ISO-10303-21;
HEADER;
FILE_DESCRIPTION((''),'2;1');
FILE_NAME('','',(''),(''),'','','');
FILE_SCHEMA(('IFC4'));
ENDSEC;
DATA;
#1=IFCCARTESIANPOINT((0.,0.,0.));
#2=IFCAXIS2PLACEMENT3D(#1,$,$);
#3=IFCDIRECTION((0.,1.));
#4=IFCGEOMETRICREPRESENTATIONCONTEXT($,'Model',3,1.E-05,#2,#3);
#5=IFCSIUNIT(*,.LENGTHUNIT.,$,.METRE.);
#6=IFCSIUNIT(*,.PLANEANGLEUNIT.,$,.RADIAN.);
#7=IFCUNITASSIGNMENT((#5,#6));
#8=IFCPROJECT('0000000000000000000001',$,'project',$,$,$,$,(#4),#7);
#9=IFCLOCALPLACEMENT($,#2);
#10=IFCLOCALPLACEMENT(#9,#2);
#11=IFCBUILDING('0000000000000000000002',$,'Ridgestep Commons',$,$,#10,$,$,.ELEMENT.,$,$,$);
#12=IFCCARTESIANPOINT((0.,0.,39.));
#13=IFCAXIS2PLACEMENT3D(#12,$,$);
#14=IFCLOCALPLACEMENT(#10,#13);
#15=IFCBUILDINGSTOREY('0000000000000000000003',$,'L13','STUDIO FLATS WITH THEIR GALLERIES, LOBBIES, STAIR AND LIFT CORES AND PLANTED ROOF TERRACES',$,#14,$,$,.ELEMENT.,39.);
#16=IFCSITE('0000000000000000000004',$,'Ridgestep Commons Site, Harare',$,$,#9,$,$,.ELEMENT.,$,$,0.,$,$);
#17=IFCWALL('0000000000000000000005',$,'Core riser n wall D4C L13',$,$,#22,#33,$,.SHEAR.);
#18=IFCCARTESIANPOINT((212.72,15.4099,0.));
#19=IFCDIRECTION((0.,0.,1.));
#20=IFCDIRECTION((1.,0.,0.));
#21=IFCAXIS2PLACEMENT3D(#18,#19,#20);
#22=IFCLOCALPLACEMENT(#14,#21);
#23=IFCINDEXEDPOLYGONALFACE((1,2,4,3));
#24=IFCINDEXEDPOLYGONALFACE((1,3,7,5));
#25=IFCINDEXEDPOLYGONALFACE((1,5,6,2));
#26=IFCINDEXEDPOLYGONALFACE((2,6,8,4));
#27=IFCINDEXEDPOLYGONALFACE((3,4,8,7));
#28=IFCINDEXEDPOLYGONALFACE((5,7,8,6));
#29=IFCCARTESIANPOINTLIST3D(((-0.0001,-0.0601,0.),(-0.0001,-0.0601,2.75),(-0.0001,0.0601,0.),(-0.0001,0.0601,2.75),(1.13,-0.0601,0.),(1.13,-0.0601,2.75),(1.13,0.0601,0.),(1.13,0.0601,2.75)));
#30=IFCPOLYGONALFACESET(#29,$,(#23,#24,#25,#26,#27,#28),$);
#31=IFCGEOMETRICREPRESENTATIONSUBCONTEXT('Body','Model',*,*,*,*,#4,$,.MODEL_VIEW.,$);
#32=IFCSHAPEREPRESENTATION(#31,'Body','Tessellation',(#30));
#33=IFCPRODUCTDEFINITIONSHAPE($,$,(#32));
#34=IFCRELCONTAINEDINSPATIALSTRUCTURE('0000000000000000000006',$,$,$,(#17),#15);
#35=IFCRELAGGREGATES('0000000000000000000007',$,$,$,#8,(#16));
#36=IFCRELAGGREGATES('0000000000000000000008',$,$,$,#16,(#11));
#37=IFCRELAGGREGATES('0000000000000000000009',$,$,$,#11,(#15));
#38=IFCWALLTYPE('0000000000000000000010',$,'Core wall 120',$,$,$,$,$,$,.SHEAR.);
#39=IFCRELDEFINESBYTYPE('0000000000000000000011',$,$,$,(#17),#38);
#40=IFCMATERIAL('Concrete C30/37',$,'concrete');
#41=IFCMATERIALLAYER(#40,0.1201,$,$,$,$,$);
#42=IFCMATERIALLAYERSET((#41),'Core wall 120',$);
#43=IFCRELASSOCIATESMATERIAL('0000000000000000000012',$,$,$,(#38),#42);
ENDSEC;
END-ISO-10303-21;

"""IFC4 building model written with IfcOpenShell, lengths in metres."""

from ifc_helpers import new_model, si_unit, direction, frame, frame_2d, origin, place, context, subcontext, project, spatial, rectangle, extrude, material, layer, layer_set, type_object, element, save


model = new_model("IFC4")

# Units and contexts
model_context = context("Model", 3, precision=1e-05, world=origin(), true_north=direction((0.0, 1.0)))
body_context = subcontext(model_context, "Body", "Model", "MODEL_VIEW")
ifc_project = project(units=[si_unit("LENGTHUNIT", "METRE"), si_unit("PLANEANGLEUNIT", "RADIAN")], contexts=[model_context])

# Site, building, storey
site_placement = place(None, origin())
site = spatial("IfcSite", under=ifc_project, at=site_placement, Name="Ridgestep Commons Site, Harare", CompositionType="ELEMENT", RefElevation=0.0)
building_placement = place(site_placement, origin())
building = spatial("IfcBuilding", under=site, at=building_placement, Name="Ridgestep Commons", CompositionType="ELEMENT")
storey_placement = place(building_placement, frame((0.0, 0.0, 39.0)))
storey = spatial("IfcBuildingStorey", under=building, at=storey_placement, Name="L13", Description="STUDIO FLATS WITH THEIR GALLERIES, LOBBIES, STAIR AND LIFT CORES AND PLANTED ROOF TERRACES", CompositionType="ELEMENT", Elevation=39.0)

# Shared definitions
ifc_material_1 = material(Name="Concrete C30/37", Category="concrete")
ifc_layer_1 = layer(ifc_material_1, 0.1201)
ifc_layer_set_1 = layer_set([ifc_layer_1], Name="Core wall 120")
wall_type_1 = type_object("IfcWallType", Name="Core wall 120", PredefinedType="SHEAR", material=ifc_layer_set_1)

# Wall
wall_1_placement = place(storey_placement, frame((212.72, 15.4099, 0.0), z_axis=(0.0, 0.0, 1.0), x_axis=(1.0, 0.0, 0.0)))
element("IfcWall", 1, at=wall_1_placement, inside=storey, type_object=wall_type_1, Name="Core riser n wall D4C L13", PredefinedType="SHEAR", context=body_context, shape_type="SweptSolid", body=[
    extrude(rectangle(XDim=1.1301, YDim=0.1201, at=frame_2d((0.5649, 0.0))), origin(), (0.0, 0.0, 1.0), 2.75),
])

save(model, "model.ifc")
